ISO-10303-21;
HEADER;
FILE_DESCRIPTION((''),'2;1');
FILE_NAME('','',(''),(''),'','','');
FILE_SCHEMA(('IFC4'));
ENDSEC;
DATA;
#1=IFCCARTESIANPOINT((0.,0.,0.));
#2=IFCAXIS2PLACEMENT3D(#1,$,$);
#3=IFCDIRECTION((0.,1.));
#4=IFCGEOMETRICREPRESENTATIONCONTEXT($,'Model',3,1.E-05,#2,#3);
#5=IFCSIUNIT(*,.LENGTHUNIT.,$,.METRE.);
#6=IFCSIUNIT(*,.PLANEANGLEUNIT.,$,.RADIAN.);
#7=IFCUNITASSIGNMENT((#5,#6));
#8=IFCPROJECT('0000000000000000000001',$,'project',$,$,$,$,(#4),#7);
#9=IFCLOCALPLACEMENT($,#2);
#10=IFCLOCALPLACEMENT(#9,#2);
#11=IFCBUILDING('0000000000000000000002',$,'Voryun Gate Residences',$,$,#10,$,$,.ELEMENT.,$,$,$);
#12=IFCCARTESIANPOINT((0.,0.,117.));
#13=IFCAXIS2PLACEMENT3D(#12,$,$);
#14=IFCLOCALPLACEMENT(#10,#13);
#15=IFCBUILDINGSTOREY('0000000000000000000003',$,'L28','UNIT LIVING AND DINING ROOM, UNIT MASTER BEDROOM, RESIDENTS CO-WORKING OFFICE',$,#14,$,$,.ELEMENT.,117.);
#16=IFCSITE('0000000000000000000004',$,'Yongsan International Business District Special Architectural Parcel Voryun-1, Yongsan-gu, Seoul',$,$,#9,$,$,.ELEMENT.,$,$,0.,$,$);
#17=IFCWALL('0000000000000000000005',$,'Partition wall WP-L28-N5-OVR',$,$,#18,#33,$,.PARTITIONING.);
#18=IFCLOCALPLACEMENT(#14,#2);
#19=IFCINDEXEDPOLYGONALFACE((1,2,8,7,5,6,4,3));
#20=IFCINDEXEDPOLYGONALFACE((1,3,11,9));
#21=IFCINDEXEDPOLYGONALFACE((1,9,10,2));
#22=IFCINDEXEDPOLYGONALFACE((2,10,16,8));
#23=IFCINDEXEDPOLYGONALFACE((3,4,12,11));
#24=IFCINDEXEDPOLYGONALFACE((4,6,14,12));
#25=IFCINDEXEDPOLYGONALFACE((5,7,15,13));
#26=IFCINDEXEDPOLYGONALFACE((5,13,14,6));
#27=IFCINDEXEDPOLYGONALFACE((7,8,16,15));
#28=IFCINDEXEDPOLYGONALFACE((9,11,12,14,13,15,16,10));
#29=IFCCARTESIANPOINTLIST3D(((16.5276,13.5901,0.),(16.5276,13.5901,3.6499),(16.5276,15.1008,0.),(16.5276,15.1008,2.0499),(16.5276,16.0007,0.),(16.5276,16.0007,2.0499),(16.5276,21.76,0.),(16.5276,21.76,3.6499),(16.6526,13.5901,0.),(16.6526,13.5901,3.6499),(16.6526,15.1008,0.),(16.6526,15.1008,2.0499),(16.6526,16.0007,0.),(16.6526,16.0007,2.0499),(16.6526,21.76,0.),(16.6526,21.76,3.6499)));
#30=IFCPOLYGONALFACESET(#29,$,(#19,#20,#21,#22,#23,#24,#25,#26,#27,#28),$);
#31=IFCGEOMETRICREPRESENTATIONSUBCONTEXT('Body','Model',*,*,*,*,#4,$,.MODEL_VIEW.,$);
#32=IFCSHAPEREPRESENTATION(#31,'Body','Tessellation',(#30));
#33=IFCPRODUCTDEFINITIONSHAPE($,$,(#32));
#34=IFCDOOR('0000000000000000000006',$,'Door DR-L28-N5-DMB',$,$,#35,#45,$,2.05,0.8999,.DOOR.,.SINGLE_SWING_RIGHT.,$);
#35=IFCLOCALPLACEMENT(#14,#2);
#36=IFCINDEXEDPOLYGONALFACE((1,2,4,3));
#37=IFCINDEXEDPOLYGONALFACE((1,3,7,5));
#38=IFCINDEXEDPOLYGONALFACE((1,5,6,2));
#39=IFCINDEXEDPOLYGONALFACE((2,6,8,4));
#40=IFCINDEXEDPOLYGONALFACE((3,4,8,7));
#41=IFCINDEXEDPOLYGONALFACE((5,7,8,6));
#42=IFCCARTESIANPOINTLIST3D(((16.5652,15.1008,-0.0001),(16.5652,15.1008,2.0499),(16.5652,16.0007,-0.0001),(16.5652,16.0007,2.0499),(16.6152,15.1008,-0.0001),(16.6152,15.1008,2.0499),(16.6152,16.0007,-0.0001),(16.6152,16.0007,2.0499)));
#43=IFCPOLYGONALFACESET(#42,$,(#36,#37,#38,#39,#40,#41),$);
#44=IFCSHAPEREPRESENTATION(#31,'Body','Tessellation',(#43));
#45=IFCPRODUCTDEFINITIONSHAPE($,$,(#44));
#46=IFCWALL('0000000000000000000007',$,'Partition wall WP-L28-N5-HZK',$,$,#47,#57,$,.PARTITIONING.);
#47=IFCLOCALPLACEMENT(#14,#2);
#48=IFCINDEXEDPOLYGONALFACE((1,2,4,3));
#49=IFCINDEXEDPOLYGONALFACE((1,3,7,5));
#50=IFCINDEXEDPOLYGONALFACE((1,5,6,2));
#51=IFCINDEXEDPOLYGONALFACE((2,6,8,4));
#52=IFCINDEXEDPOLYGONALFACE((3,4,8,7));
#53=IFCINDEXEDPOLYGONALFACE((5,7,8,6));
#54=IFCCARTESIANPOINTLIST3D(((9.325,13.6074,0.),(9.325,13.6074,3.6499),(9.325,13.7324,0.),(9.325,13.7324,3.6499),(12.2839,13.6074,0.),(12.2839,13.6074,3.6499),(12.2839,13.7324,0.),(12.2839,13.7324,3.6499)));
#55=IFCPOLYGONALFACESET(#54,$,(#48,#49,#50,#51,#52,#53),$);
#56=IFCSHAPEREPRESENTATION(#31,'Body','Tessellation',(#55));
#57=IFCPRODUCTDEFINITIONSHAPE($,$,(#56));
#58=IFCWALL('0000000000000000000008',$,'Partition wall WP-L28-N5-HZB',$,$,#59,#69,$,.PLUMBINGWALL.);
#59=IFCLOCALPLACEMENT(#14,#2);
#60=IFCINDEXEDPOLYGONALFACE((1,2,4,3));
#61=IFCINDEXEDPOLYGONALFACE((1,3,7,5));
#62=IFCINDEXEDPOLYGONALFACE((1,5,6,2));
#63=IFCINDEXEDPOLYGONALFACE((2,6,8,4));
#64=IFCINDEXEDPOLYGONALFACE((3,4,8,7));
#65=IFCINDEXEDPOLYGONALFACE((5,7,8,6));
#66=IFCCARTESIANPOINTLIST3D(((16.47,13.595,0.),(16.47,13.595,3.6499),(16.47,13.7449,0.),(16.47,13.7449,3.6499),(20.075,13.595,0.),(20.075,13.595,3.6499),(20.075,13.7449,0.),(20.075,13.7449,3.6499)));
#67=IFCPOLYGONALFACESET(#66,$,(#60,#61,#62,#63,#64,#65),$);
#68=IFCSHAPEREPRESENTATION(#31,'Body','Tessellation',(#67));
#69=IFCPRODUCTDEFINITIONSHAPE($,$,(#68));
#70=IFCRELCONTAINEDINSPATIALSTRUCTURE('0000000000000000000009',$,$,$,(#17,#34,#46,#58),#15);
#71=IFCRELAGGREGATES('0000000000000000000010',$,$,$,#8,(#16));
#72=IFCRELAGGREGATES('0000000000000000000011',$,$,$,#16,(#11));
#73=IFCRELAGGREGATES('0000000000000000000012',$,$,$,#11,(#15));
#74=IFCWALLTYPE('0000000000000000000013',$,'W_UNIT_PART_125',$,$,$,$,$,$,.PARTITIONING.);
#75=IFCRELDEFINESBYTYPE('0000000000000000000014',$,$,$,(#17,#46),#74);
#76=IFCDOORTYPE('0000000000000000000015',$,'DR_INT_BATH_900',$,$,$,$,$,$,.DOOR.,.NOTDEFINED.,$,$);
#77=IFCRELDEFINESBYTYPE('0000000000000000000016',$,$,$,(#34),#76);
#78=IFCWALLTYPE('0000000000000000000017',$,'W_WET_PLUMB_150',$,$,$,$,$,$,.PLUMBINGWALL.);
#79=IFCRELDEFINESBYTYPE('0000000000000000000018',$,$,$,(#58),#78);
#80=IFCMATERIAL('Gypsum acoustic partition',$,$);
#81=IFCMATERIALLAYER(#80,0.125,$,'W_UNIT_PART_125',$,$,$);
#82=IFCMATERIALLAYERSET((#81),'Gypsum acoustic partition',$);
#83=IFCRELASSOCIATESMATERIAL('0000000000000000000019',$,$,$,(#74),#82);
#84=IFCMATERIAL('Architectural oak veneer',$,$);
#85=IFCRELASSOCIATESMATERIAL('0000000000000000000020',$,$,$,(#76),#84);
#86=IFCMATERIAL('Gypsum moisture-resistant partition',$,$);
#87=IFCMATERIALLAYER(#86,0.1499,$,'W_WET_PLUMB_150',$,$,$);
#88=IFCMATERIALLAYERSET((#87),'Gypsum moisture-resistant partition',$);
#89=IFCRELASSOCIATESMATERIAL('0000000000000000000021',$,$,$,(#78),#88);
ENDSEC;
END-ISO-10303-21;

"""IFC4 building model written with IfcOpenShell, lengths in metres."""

from ifc_helpers import new_model, si_unit, direction, frame, frame_2d, origin, place, context, subcontext, project, spatial, rectangle, extrude, material, layer, layer_set, type_object, element, fill, save


model = new_model("IFC4")

# Units and contexts
model_context = context("Model", 3, precision=1e-05, world=origin(), true_north=direction((0.0, 1.0)))
body_context = subcontext(model_context, "Body", "Model", "MODEL_VIEW")
ifc_project = project(units=[si_unit("LENGTHUNIT", "METRE"), si_unit("PLANEANGLEUNIT", "RADIAN")], contexts=[model_context])

# Site, building, storey
site_placement = place(None, origin())
site = spatial("IfcSite", under=ifc_project, at=site_placement, Name="Yongsan International Business District Special Architectural Parcel Voryun-1, Yongsan-gu, Seoul", CompositionType="ELEMENT", RefElevation=0.0)
building_placement = place(site_placement, origin())
building = spatial("IfcBuilding", under=site, at=building_placement, Name="Voryun Gate Residences", CompositionType="ELEMENT")
storey_placement = place(building_placement, frame((0.0, 0.0, 117.0)))
storey = spatial("IfcBuildingStorey", under=building, at=storey_placement, Name="L28", Description="UNIT LIVING AND DINING ROOM, UNIT MASTER BEDROOM, RESIDENTS CO-WORKING OFFICE", CompositionType="ELEMENT", Elevation=117.0)

# Wall, opening, door
ifc_material_1 = material(Name="Gypsum acoustic partition")
ifc_layer_1 = layer(ifc_material_1, 0.125, Name="W_UNIT_PART_125")
ifc_layer_set_1 = layer_set([ifc_layer_1], Name="Gypsum acoustic partition")
wall_type_1 = type_object("IfcWallType", Name="W_UNIT_PART_125", PredefinedType="PARTITIONING", material=ifc_layer_set_1)
wall_1_placement = place(storey_placement, frame((16.5901, 13.5901, 0.0), z_axis=(0.0, 0.0, 1.0), x_axis=(0.0, 1.0, 0.0)))
wall_1 = element("IfcWall", 1, at=wall_1_placement, inside=storey, type_object=wall_type_1, Name="Partition wall WP-L28-N5-OVR", PredefinedType="PARTITIONING", context=body_context, shape_type="SweptSolid", body=[
    extrude(rectangle(XDim=8.1699, YDim=0.125, at=frame_2d((4.085, 0.0))), origin(), (0.0, 0.0, 1.0), 3.6499),
])
opening_1_placement = place(wall_1_placement, frame((1.5107, 0.0, 0.0)))
opening_1 = element("IfcOpeningElement", 2, at=opening_1_placement, cuts=wall_1, PredefinedType="OPENING", context=body_context, shape_type="SweptSolid", body=[
    extrude(rectangle(XDim=0.8999, YDim=2.05, at=frame_2d((0.45, 1.0249))), frame((0.0, 0.0725, 0.0), z_axis=(0.0, -1.0, 0.0), x_axis=(1.0, 0.0, 0.0)), (0.0, 0.0, 1.0), 0.145),
])
ifc_material_2 = material(Name="Architectural oak veneer")
door_type_1 = type_object("IfcDoorType", Name="DR_INT_BATH_900", OperationType="NOTDEFINED", PredefinedType="DOOR", material=ifc_material_2)
door_1_placement = place(opening_1_placement, origin())
door_1 = element("IfcDoor", 3, at=door_1_placement, inside=storey, type_object=door_type_1, Name="Door DR-L28-N5-DMB", OperationType="SINGLE_SWING_RIGHT", OverallHeight=2.05, OverallWidth=0.8999, PredefinedType="DOOR", context=body_context, shape_type="SweptSolid", body=[
    extrude(rectangle(XDim=0.8999, YDim=2.05, at=frame_2d((0.45, 1.0249))), frame((0.0, 0.0249, 0.0), z_axis=(0.0, -1.0, 0.0), x_axis=(1.0, 0.0, 0.0)), (0.0, 0.0, 1.0), 0.05),
])
fill(opening_1, door_1)

# Walls
wall_2_placement = place(storey_placement, frame((9.325, 13.6699, 0.0), z_axis=(0.0, 0.0, 1.0), x_axis=(1.0, 0.0, 0.0)))
element("IfcWall", 4, at=wall_2_placement, inside=storey, type_object=wall_type_1, Name="Partition wall WP-L28-N5-HZK", PredefinedType="PARTITIONING", context=body_context, shape_type="SweptSolid", body=[
    extrude(rectangle(XDim=2.959, YDim=0.125, at=frame_2d((1.4795, 0.0))), origin(), (0.0, 0.0, 1.0), 3.6499),
])
ifc_material_3 = material(Name="Gypsum moisture-resistant partition")
ifc_layer_2 = layer(ifc_material_3, 0.1499, Name="W_WET_PLUMB_150")
ifc_layer_set_2 = layer_set([ifc_layer_2], Name="Gypsum moisture-resistant partition")
wall_type_2 = type_object("IfcWallType", Name="W_WET_PLUMB_150", PredefinedType="PLUMBINGWALL", material=ifc_layer_set_2)
wall_3_placement = place(storey_placement, frame((16.47, 13.6699, 0.0), z_axis=(0.0, 0.0, 1.0), x_axis=(1.0, 0.0, 0.0)))
element("IfcWall", 5, at=wall_3_placement, inside=storey, type_object=wall_type_2, Name="Partition wall WP-L28-N5-HZB", PredefinedType="PLUMBINGWALL", context=body_context, shape_type="SweptSolid", body=[
    extrude(rectangle(XDim=3.605, YDim=0.1499, at=frame_2d((1.8025, 0.0))), origin(), (0.0, 0.0, 1.0), 3.6499),
])

save(model, "model.ifc")
